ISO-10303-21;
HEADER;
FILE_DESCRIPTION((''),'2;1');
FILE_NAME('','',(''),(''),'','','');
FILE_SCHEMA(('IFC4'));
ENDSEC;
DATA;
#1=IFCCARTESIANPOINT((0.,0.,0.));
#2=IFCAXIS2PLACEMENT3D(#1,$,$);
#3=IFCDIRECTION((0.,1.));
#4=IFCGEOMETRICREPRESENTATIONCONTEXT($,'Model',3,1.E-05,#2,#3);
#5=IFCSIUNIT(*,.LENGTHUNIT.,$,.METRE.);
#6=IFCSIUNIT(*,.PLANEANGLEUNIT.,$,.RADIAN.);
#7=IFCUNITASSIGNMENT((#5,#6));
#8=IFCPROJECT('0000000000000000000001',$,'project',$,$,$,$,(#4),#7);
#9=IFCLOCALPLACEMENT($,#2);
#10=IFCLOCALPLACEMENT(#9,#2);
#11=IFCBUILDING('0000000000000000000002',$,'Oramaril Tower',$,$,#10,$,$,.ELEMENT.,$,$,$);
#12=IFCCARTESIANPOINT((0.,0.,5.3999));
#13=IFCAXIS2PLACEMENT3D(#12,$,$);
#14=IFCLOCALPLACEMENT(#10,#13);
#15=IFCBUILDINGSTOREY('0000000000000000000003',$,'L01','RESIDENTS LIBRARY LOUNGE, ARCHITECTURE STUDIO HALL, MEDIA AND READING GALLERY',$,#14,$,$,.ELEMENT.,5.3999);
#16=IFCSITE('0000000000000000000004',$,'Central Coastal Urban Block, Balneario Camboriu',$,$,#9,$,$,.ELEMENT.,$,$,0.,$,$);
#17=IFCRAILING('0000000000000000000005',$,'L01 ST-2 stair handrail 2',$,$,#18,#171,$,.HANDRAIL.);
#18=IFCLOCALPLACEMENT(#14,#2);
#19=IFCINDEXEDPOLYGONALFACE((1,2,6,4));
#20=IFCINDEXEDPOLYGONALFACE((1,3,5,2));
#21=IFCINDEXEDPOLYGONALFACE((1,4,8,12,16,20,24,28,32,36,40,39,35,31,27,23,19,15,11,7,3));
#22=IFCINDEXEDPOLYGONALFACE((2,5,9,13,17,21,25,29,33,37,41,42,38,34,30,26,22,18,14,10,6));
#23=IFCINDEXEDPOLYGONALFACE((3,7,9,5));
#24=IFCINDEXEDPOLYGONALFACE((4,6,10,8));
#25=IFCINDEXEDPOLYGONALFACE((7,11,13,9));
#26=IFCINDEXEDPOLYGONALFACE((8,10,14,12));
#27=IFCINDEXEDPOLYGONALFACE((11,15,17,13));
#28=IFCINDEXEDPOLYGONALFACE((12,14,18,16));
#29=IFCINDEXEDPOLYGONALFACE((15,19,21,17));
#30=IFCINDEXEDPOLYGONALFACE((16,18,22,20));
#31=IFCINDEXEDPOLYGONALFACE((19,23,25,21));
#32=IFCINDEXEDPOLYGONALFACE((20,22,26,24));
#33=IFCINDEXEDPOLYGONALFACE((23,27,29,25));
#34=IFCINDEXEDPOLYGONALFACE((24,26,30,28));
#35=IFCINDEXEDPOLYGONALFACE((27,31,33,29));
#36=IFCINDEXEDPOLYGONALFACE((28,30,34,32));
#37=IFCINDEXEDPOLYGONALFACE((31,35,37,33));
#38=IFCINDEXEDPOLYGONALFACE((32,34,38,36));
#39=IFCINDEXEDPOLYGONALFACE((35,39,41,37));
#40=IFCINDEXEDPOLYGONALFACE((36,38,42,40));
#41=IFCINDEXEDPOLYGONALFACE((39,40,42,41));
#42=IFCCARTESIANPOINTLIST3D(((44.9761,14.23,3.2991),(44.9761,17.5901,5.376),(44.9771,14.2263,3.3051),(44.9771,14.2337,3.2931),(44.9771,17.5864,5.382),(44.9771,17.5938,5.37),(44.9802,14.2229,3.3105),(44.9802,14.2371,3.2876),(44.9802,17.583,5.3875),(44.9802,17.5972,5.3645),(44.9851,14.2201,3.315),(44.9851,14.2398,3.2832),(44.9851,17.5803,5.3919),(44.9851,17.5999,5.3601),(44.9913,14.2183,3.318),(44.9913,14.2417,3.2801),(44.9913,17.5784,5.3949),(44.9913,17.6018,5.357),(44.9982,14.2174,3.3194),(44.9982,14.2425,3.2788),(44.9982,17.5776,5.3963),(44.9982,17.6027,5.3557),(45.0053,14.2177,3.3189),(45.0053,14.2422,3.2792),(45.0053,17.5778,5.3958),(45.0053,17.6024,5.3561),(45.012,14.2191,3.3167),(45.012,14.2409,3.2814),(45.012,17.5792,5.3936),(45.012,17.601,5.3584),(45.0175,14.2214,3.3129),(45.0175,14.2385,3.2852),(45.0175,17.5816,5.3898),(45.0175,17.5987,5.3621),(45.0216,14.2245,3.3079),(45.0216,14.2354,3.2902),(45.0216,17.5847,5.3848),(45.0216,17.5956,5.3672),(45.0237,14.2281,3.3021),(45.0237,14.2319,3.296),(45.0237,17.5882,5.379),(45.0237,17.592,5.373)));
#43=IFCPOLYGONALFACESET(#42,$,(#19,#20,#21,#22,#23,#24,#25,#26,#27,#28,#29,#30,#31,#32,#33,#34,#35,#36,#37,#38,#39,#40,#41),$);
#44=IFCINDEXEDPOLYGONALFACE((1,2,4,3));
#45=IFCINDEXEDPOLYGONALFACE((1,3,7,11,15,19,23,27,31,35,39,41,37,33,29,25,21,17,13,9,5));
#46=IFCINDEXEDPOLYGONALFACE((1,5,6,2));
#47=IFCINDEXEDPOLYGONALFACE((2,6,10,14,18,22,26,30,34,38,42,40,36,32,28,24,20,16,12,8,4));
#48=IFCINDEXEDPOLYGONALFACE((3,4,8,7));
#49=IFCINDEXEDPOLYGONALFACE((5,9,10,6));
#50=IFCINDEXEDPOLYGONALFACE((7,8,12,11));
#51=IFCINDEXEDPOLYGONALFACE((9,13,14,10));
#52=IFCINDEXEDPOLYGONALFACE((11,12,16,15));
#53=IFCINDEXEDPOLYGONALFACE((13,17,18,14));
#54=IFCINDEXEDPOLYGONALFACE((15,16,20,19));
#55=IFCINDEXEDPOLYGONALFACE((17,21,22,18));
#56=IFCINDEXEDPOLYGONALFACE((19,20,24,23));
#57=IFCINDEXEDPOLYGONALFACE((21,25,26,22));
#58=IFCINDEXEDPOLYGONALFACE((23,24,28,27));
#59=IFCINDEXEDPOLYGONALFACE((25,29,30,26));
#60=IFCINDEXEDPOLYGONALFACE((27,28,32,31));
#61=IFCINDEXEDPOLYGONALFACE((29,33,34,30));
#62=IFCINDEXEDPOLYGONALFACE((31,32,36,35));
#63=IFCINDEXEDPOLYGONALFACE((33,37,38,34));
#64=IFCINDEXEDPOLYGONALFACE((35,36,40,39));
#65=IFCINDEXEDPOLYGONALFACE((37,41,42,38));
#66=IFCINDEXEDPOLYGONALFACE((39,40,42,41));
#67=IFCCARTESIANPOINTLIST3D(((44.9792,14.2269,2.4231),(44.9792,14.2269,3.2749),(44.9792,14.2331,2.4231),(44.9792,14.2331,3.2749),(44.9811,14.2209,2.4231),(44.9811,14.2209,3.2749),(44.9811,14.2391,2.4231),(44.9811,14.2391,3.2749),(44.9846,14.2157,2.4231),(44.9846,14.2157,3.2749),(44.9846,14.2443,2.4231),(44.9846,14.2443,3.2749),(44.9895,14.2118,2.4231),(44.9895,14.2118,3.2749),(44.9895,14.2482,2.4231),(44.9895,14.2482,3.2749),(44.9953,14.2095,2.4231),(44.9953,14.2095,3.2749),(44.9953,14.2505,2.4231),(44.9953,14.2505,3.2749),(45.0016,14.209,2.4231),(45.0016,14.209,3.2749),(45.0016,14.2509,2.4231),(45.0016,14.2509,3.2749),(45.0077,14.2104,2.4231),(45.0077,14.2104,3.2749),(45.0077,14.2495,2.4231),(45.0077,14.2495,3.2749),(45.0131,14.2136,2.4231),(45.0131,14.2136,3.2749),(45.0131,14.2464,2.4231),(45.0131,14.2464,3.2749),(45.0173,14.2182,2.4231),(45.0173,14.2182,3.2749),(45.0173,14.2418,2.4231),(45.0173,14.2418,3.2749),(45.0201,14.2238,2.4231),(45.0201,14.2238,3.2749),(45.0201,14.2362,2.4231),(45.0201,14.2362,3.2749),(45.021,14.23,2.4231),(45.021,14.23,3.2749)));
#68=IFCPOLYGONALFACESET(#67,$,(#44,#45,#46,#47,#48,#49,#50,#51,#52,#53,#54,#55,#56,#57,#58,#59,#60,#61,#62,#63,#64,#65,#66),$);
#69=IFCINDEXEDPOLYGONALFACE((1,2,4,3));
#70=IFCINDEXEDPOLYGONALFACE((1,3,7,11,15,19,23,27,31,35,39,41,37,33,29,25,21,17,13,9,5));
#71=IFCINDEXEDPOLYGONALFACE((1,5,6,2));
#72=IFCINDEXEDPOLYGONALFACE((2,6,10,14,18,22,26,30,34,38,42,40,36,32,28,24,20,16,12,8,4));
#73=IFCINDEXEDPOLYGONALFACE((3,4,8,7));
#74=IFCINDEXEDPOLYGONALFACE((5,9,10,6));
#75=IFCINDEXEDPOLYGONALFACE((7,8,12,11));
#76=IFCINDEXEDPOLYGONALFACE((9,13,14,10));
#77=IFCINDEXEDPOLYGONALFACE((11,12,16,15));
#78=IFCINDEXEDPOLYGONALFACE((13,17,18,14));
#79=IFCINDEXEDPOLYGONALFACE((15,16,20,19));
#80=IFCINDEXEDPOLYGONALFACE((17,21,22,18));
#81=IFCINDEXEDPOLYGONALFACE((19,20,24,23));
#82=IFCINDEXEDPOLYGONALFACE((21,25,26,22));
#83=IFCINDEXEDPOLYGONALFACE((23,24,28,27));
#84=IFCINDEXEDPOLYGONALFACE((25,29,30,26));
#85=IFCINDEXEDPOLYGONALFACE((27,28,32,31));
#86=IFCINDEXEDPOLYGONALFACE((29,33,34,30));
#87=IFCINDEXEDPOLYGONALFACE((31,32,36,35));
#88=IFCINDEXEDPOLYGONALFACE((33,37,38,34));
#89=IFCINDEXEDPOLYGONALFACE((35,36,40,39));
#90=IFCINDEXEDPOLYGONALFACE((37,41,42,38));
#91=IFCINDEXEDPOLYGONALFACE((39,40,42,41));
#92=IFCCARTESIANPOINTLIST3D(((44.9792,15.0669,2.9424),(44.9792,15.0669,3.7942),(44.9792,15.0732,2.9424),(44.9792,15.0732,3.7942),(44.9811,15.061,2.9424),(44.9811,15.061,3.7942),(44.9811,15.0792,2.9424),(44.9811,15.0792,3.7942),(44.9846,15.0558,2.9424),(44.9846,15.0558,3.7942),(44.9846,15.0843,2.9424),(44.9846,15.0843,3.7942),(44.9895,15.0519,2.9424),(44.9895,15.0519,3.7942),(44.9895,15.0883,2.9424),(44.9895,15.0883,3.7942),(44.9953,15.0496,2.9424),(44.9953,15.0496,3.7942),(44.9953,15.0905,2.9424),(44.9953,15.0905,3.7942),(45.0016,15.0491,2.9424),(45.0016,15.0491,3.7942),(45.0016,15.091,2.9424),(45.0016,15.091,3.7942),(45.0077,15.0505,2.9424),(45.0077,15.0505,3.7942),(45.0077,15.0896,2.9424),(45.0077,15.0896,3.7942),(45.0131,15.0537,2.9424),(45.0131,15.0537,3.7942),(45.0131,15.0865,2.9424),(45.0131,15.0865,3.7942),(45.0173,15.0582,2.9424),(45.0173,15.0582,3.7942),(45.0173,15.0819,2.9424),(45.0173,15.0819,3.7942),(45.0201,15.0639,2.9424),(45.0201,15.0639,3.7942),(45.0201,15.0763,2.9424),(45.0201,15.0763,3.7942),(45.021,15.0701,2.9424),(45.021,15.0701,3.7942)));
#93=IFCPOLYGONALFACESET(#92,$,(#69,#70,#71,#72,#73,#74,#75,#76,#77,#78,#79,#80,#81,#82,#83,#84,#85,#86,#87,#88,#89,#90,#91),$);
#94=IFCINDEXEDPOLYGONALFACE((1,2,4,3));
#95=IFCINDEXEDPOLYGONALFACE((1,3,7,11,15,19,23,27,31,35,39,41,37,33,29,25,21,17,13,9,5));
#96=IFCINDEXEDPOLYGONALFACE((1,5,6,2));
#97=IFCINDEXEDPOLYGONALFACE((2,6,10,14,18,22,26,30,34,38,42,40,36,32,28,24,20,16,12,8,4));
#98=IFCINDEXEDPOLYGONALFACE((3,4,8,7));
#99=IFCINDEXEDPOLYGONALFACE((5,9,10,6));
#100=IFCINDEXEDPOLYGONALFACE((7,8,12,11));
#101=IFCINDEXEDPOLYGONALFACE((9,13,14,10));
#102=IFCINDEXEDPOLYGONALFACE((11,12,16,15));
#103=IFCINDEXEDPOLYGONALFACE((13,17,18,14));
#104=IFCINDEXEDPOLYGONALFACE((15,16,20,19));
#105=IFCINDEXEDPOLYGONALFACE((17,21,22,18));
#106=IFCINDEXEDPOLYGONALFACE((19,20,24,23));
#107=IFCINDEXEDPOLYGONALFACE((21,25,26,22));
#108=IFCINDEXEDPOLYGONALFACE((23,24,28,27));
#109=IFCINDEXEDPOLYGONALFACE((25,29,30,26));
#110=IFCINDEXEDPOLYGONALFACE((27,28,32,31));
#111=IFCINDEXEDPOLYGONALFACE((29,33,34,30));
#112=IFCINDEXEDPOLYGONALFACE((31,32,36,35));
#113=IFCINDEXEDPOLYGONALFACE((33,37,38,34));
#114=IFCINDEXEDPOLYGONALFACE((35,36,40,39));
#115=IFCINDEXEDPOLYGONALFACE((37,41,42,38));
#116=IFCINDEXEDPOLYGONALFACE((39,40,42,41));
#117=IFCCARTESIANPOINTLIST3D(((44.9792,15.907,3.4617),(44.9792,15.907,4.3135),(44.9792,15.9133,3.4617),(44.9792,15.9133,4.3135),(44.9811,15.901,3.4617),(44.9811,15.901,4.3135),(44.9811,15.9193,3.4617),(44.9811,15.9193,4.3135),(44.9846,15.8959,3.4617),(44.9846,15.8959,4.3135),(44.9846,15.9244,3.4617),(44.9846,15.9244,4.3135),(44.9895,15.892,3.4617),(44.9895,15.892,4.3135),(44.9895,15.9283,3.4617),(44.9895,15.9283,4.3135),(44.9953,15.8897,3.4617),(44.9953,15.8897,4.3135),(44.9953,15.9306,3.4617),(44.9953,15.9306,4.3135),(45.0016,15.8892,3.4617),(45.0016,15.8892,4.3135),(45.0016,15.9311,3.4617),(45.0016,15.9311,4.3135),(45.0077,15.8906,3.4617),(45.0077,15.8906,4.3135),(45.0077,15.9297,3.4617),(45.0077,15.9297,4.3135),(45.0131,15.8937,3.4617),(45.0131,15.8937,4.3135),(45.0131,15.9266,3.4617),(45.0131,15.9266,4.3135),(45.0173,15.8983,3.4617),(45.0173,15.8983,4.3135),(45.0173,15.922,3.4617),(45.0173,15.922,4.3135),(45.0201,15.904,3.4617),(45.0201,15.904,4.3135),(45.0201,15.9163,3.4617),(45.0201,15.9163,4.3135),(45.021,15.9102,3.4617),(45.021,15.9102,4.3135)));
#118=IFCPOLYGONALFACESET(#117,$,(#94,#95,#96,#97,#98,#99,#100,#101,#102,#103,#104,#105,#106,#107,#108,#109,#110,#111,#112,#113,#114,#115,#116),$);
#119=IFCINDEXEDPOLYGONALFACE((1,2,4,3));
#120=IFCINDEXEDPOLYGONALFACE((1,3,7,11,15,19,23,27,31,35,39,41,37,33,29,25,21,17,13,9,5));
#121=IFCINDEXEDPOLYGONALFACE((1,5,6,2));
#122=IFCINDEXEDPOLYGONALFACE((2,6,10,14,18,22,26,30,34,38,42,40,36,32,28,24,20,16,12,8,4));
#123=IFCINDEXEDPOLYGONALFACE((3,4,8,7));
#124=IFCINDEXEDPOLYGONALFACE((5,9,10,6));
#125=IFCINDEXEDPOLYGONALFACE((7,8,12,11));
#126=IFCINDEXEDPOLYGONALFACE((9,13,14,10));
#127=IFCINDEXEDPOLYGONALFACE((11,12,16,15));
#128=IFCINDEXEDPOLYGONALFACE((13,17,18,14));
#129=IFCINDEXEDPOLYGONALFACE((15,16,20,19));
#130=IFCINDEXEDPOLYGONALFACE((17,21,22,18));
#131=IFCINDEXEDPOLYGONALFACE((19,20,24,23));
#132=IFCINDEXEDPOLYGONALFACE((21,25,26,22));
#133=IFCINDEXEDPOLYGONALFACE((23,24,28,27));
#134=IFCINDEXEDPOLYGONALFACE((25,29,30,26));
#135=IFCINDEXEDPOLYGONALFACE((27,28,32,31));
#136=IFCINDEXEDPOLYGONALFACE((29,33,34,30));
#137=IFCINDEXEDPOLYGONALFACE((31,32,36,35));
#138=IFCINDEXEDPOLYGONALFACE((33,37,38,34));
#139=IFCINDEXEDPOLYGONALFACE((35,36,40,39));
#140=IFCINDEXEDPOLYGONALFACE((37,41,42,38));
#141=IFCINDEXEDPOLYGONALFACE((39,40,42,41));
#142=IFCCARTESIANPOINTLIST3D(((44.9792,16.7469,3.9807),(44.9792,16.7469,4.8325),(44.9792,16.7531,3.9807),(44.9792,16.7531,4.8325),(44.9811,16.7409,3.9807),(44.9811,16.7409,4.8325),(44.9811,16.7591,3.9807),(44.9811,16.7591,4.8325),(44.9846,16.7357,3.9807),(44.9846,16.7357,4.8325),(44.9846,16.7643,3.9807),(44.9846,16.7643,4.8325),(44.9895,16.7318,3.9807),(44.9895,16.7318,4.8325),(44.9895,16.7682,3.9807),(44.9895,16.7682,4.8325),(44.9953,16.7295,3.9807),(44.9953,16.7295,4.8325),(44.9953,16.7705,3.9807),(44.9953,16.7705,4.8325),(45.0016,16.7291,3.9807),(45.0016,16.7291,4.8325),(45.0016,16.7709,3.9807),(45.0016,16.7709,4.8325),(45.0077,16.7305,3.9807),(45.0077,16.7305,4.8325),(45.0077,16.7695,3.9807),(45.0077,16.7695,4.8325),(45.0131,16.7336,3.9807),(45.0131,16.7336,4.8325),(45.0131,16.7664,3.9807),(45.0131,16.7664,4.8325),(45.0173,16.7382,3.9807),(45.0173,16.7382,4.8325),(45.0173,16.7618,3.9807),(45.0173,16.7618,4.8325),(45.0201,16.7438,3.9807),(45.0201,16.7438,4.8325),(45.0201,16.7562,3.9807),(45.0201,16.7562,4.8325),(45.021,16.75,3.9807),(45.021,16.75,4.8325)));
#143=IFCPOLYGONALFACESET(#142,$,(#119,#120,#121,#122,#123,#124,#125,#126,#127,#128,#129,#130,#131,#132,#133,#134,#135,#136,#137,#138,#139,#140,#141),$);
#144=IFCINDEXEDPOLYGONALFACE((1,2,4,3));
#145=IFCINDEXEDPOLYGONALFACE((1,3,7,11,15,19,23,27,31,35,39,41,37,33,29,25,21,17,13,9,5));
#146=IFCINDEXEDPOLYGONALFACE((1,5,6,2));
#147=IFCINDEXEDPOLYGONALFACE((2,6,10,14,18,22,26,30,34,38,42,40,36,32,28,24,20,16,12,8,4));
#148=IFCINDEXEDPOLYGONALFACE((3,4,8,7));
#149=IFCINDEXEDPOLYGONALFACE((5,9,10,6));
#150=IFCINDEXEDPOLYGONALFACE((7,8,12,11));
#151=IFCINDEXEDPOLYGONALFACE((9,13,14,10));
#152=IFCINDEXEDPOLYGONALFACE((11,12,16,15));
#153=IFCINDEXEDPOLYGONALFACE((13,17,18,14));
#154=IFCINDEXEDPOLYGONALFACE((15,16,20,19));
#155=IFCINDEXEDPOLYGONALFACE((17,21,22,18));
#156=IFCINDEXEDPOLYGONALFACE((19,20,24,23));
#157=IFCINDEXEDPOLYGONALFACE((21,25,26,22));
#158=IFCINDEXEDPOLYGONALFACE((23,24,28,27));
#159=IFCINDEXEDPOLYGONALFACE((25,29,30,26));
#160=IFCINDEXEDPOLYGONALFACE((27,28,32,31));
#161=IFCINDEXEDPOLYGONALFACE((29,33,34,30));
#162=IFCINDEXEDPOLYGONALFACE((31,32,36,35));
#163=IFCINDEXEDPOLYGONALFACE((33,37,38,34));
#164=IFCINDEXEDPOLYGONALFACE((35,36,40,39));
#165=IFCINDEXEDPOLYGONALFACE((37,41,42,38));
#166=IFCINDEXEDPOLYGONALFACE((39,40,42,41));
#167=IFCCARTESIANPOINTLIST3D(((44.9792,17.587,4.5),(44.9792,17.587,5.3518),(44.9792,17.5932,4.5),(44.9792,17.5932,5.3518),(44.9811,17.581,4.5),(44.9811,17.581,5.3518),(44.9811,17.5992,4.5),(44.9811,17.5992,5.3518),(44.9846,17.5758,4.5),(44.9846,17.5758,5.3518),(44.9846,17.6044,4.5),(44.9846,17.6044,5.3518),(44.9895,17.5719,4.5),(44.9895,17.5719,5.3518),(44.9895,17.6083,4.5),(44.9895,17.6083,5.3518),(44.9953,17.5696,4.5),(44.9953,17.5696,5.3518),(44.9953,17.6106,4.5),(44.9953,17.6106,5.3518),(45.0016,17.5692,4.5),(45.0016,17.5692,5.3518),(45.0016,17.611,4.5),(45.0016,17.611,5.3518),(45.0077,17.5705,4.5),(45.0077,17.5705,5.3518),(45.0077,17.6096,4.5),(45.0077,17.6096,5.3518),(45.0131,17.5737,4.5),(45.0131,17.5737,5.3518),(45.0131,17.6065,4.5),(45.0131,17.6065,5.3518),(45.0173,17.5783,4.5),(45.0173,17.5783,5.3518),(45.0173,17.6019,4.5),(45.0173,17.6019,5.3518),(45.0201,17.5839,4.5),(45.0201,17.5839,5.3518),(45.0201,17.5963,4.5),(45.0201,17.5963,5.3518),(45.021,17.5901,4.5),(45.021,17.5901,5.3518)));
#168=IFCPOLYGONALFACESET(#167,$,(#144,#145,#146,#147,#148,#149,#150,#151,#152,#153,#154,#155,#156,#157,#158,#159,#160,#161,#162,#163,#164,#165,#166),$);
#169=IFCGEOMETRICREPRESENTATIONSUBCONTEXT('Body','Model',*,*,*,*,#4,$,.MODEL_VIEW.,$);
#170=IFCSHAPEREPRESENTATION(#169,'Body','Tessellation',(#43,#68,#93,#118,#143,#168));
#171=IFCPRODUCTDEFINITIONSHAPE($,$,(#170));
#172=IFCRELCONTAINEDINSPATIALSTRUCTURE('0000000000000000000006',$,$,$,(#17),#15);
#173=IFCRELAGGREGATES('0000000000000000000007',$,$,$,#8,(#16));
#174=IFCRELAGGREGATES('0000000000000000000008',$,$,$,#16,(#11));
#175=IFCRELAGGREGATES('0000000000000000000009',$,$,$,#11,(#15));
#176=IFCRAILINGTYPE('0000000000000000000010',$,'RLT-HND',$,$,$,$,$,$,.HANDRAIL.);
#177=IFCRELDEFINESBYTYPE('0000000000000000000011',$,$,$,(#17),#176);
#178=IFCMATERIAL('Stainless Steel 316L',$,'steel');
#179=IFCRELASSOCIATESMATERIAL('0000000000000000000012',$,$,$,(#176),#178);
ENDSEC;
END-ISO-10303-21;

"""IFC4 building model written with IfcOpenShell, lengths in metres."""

from ifc_helpers import new_model, si_unit, direction, frame, origin, origin_2d, place, context, subcontext, project, spatial, circle, extrude, material, type_object, element, save


model = new_model("IFC4")

# Units and contexts
model_context = context("Model", 3, precision=1e-05, world=origin(), true_north=direction((0.0, 1.0)))
body_context = subcontext(model_context, "Body", "Model", "MODEL_VIEW")
ifc_project = project(units=[si_unit("LENGTHUNIT", "METRE"), si_unit("PLANEANGLEUNIT", "RADIAN")], contexts=[model_context])

# Site, building, storey
site_placement = place(None, origin())
site = spatial("IfcSite", under=ifc_project, at=site_placement, Name="Central Coastal Urban Block, Balneario Camboriu", CompositionType="ELEMENT", RefElevation=0.0)
building_placement = place(site_placement, origin())
building = spatial("IfcBuilding", under=site, at=building_placement, Name="Oramaril Tower", CompositionType="ELEMENT")
storey_placement = place(building_placement, frame((0.0, 0.0, 5.3999)))
storey = spatial("IfcBuildingStorey", under=building, at=storey_placement, Name="L01", Description="RESIDENTS LIBRARY LOUNGE, ARCHITECTURE STUDIO HALL, MEDIA AND READING GALLERY", CompositionType="ELEMENT", Elevation=5.3999)

# Railing
ifc_material_1 = material(Name="Stainless Steel 316L", Category="steel")
railing_type_1 = type_object("IfcRailingType", Name="RLT-HND", PredefinedType="HANDRAIL", material=ifc_material_1)
railing_1_placement = place(storey_placement, frame((45.0, 14.23, 2.4231)))
element("IfcRailing", 1, at=railing_1_placement, inside=storey, type_object=railing_type_1, Name="L01 ST-2 stair handrail 2", PredefinedType="HANDRAIL", context=body_context, shape_type="SweptSolid", body=[
    extrude(circle(Radius=0.0239, at=origin_2d()), frame((0.0, 0.0, 0.876), z_axis=(0.0, 0.850623, 0.525776), x_axis=(-1.0, 0.0, 0.0)), (0.0, 0.0, 1.0), 3.9502),
    extrude(circle(Radius=0.021, at=origin_2d()), origin(), (0.0, 0.0, 1.0), 0.8518),
    extrude(circle(Radius=0.021, at=origin_2d()), frame((0.0, 0.8401, 0.5193)), (0.0, 0.0, 1.0), 0.8518),
    extrude(circle(Radius=0.021, at=origin_2d()), frame((0.0, 1.6802, 1.0386)), (0.0, 0.0, 1.0), 0.8518),
    extrude(circle(Radius=0.021, at=origin_2d()), frame((0.0, 2.52, 1.5576)), (0.0, 0.0, 1.0), 0.8518),
    extrude(circle(Radius=0.021, at=origin_2d()), frame((0.0, 3.3601, 2.0769)), (0.0, 0.0, 1.0), 0.8518),
])

save(model, "model.ifc")
